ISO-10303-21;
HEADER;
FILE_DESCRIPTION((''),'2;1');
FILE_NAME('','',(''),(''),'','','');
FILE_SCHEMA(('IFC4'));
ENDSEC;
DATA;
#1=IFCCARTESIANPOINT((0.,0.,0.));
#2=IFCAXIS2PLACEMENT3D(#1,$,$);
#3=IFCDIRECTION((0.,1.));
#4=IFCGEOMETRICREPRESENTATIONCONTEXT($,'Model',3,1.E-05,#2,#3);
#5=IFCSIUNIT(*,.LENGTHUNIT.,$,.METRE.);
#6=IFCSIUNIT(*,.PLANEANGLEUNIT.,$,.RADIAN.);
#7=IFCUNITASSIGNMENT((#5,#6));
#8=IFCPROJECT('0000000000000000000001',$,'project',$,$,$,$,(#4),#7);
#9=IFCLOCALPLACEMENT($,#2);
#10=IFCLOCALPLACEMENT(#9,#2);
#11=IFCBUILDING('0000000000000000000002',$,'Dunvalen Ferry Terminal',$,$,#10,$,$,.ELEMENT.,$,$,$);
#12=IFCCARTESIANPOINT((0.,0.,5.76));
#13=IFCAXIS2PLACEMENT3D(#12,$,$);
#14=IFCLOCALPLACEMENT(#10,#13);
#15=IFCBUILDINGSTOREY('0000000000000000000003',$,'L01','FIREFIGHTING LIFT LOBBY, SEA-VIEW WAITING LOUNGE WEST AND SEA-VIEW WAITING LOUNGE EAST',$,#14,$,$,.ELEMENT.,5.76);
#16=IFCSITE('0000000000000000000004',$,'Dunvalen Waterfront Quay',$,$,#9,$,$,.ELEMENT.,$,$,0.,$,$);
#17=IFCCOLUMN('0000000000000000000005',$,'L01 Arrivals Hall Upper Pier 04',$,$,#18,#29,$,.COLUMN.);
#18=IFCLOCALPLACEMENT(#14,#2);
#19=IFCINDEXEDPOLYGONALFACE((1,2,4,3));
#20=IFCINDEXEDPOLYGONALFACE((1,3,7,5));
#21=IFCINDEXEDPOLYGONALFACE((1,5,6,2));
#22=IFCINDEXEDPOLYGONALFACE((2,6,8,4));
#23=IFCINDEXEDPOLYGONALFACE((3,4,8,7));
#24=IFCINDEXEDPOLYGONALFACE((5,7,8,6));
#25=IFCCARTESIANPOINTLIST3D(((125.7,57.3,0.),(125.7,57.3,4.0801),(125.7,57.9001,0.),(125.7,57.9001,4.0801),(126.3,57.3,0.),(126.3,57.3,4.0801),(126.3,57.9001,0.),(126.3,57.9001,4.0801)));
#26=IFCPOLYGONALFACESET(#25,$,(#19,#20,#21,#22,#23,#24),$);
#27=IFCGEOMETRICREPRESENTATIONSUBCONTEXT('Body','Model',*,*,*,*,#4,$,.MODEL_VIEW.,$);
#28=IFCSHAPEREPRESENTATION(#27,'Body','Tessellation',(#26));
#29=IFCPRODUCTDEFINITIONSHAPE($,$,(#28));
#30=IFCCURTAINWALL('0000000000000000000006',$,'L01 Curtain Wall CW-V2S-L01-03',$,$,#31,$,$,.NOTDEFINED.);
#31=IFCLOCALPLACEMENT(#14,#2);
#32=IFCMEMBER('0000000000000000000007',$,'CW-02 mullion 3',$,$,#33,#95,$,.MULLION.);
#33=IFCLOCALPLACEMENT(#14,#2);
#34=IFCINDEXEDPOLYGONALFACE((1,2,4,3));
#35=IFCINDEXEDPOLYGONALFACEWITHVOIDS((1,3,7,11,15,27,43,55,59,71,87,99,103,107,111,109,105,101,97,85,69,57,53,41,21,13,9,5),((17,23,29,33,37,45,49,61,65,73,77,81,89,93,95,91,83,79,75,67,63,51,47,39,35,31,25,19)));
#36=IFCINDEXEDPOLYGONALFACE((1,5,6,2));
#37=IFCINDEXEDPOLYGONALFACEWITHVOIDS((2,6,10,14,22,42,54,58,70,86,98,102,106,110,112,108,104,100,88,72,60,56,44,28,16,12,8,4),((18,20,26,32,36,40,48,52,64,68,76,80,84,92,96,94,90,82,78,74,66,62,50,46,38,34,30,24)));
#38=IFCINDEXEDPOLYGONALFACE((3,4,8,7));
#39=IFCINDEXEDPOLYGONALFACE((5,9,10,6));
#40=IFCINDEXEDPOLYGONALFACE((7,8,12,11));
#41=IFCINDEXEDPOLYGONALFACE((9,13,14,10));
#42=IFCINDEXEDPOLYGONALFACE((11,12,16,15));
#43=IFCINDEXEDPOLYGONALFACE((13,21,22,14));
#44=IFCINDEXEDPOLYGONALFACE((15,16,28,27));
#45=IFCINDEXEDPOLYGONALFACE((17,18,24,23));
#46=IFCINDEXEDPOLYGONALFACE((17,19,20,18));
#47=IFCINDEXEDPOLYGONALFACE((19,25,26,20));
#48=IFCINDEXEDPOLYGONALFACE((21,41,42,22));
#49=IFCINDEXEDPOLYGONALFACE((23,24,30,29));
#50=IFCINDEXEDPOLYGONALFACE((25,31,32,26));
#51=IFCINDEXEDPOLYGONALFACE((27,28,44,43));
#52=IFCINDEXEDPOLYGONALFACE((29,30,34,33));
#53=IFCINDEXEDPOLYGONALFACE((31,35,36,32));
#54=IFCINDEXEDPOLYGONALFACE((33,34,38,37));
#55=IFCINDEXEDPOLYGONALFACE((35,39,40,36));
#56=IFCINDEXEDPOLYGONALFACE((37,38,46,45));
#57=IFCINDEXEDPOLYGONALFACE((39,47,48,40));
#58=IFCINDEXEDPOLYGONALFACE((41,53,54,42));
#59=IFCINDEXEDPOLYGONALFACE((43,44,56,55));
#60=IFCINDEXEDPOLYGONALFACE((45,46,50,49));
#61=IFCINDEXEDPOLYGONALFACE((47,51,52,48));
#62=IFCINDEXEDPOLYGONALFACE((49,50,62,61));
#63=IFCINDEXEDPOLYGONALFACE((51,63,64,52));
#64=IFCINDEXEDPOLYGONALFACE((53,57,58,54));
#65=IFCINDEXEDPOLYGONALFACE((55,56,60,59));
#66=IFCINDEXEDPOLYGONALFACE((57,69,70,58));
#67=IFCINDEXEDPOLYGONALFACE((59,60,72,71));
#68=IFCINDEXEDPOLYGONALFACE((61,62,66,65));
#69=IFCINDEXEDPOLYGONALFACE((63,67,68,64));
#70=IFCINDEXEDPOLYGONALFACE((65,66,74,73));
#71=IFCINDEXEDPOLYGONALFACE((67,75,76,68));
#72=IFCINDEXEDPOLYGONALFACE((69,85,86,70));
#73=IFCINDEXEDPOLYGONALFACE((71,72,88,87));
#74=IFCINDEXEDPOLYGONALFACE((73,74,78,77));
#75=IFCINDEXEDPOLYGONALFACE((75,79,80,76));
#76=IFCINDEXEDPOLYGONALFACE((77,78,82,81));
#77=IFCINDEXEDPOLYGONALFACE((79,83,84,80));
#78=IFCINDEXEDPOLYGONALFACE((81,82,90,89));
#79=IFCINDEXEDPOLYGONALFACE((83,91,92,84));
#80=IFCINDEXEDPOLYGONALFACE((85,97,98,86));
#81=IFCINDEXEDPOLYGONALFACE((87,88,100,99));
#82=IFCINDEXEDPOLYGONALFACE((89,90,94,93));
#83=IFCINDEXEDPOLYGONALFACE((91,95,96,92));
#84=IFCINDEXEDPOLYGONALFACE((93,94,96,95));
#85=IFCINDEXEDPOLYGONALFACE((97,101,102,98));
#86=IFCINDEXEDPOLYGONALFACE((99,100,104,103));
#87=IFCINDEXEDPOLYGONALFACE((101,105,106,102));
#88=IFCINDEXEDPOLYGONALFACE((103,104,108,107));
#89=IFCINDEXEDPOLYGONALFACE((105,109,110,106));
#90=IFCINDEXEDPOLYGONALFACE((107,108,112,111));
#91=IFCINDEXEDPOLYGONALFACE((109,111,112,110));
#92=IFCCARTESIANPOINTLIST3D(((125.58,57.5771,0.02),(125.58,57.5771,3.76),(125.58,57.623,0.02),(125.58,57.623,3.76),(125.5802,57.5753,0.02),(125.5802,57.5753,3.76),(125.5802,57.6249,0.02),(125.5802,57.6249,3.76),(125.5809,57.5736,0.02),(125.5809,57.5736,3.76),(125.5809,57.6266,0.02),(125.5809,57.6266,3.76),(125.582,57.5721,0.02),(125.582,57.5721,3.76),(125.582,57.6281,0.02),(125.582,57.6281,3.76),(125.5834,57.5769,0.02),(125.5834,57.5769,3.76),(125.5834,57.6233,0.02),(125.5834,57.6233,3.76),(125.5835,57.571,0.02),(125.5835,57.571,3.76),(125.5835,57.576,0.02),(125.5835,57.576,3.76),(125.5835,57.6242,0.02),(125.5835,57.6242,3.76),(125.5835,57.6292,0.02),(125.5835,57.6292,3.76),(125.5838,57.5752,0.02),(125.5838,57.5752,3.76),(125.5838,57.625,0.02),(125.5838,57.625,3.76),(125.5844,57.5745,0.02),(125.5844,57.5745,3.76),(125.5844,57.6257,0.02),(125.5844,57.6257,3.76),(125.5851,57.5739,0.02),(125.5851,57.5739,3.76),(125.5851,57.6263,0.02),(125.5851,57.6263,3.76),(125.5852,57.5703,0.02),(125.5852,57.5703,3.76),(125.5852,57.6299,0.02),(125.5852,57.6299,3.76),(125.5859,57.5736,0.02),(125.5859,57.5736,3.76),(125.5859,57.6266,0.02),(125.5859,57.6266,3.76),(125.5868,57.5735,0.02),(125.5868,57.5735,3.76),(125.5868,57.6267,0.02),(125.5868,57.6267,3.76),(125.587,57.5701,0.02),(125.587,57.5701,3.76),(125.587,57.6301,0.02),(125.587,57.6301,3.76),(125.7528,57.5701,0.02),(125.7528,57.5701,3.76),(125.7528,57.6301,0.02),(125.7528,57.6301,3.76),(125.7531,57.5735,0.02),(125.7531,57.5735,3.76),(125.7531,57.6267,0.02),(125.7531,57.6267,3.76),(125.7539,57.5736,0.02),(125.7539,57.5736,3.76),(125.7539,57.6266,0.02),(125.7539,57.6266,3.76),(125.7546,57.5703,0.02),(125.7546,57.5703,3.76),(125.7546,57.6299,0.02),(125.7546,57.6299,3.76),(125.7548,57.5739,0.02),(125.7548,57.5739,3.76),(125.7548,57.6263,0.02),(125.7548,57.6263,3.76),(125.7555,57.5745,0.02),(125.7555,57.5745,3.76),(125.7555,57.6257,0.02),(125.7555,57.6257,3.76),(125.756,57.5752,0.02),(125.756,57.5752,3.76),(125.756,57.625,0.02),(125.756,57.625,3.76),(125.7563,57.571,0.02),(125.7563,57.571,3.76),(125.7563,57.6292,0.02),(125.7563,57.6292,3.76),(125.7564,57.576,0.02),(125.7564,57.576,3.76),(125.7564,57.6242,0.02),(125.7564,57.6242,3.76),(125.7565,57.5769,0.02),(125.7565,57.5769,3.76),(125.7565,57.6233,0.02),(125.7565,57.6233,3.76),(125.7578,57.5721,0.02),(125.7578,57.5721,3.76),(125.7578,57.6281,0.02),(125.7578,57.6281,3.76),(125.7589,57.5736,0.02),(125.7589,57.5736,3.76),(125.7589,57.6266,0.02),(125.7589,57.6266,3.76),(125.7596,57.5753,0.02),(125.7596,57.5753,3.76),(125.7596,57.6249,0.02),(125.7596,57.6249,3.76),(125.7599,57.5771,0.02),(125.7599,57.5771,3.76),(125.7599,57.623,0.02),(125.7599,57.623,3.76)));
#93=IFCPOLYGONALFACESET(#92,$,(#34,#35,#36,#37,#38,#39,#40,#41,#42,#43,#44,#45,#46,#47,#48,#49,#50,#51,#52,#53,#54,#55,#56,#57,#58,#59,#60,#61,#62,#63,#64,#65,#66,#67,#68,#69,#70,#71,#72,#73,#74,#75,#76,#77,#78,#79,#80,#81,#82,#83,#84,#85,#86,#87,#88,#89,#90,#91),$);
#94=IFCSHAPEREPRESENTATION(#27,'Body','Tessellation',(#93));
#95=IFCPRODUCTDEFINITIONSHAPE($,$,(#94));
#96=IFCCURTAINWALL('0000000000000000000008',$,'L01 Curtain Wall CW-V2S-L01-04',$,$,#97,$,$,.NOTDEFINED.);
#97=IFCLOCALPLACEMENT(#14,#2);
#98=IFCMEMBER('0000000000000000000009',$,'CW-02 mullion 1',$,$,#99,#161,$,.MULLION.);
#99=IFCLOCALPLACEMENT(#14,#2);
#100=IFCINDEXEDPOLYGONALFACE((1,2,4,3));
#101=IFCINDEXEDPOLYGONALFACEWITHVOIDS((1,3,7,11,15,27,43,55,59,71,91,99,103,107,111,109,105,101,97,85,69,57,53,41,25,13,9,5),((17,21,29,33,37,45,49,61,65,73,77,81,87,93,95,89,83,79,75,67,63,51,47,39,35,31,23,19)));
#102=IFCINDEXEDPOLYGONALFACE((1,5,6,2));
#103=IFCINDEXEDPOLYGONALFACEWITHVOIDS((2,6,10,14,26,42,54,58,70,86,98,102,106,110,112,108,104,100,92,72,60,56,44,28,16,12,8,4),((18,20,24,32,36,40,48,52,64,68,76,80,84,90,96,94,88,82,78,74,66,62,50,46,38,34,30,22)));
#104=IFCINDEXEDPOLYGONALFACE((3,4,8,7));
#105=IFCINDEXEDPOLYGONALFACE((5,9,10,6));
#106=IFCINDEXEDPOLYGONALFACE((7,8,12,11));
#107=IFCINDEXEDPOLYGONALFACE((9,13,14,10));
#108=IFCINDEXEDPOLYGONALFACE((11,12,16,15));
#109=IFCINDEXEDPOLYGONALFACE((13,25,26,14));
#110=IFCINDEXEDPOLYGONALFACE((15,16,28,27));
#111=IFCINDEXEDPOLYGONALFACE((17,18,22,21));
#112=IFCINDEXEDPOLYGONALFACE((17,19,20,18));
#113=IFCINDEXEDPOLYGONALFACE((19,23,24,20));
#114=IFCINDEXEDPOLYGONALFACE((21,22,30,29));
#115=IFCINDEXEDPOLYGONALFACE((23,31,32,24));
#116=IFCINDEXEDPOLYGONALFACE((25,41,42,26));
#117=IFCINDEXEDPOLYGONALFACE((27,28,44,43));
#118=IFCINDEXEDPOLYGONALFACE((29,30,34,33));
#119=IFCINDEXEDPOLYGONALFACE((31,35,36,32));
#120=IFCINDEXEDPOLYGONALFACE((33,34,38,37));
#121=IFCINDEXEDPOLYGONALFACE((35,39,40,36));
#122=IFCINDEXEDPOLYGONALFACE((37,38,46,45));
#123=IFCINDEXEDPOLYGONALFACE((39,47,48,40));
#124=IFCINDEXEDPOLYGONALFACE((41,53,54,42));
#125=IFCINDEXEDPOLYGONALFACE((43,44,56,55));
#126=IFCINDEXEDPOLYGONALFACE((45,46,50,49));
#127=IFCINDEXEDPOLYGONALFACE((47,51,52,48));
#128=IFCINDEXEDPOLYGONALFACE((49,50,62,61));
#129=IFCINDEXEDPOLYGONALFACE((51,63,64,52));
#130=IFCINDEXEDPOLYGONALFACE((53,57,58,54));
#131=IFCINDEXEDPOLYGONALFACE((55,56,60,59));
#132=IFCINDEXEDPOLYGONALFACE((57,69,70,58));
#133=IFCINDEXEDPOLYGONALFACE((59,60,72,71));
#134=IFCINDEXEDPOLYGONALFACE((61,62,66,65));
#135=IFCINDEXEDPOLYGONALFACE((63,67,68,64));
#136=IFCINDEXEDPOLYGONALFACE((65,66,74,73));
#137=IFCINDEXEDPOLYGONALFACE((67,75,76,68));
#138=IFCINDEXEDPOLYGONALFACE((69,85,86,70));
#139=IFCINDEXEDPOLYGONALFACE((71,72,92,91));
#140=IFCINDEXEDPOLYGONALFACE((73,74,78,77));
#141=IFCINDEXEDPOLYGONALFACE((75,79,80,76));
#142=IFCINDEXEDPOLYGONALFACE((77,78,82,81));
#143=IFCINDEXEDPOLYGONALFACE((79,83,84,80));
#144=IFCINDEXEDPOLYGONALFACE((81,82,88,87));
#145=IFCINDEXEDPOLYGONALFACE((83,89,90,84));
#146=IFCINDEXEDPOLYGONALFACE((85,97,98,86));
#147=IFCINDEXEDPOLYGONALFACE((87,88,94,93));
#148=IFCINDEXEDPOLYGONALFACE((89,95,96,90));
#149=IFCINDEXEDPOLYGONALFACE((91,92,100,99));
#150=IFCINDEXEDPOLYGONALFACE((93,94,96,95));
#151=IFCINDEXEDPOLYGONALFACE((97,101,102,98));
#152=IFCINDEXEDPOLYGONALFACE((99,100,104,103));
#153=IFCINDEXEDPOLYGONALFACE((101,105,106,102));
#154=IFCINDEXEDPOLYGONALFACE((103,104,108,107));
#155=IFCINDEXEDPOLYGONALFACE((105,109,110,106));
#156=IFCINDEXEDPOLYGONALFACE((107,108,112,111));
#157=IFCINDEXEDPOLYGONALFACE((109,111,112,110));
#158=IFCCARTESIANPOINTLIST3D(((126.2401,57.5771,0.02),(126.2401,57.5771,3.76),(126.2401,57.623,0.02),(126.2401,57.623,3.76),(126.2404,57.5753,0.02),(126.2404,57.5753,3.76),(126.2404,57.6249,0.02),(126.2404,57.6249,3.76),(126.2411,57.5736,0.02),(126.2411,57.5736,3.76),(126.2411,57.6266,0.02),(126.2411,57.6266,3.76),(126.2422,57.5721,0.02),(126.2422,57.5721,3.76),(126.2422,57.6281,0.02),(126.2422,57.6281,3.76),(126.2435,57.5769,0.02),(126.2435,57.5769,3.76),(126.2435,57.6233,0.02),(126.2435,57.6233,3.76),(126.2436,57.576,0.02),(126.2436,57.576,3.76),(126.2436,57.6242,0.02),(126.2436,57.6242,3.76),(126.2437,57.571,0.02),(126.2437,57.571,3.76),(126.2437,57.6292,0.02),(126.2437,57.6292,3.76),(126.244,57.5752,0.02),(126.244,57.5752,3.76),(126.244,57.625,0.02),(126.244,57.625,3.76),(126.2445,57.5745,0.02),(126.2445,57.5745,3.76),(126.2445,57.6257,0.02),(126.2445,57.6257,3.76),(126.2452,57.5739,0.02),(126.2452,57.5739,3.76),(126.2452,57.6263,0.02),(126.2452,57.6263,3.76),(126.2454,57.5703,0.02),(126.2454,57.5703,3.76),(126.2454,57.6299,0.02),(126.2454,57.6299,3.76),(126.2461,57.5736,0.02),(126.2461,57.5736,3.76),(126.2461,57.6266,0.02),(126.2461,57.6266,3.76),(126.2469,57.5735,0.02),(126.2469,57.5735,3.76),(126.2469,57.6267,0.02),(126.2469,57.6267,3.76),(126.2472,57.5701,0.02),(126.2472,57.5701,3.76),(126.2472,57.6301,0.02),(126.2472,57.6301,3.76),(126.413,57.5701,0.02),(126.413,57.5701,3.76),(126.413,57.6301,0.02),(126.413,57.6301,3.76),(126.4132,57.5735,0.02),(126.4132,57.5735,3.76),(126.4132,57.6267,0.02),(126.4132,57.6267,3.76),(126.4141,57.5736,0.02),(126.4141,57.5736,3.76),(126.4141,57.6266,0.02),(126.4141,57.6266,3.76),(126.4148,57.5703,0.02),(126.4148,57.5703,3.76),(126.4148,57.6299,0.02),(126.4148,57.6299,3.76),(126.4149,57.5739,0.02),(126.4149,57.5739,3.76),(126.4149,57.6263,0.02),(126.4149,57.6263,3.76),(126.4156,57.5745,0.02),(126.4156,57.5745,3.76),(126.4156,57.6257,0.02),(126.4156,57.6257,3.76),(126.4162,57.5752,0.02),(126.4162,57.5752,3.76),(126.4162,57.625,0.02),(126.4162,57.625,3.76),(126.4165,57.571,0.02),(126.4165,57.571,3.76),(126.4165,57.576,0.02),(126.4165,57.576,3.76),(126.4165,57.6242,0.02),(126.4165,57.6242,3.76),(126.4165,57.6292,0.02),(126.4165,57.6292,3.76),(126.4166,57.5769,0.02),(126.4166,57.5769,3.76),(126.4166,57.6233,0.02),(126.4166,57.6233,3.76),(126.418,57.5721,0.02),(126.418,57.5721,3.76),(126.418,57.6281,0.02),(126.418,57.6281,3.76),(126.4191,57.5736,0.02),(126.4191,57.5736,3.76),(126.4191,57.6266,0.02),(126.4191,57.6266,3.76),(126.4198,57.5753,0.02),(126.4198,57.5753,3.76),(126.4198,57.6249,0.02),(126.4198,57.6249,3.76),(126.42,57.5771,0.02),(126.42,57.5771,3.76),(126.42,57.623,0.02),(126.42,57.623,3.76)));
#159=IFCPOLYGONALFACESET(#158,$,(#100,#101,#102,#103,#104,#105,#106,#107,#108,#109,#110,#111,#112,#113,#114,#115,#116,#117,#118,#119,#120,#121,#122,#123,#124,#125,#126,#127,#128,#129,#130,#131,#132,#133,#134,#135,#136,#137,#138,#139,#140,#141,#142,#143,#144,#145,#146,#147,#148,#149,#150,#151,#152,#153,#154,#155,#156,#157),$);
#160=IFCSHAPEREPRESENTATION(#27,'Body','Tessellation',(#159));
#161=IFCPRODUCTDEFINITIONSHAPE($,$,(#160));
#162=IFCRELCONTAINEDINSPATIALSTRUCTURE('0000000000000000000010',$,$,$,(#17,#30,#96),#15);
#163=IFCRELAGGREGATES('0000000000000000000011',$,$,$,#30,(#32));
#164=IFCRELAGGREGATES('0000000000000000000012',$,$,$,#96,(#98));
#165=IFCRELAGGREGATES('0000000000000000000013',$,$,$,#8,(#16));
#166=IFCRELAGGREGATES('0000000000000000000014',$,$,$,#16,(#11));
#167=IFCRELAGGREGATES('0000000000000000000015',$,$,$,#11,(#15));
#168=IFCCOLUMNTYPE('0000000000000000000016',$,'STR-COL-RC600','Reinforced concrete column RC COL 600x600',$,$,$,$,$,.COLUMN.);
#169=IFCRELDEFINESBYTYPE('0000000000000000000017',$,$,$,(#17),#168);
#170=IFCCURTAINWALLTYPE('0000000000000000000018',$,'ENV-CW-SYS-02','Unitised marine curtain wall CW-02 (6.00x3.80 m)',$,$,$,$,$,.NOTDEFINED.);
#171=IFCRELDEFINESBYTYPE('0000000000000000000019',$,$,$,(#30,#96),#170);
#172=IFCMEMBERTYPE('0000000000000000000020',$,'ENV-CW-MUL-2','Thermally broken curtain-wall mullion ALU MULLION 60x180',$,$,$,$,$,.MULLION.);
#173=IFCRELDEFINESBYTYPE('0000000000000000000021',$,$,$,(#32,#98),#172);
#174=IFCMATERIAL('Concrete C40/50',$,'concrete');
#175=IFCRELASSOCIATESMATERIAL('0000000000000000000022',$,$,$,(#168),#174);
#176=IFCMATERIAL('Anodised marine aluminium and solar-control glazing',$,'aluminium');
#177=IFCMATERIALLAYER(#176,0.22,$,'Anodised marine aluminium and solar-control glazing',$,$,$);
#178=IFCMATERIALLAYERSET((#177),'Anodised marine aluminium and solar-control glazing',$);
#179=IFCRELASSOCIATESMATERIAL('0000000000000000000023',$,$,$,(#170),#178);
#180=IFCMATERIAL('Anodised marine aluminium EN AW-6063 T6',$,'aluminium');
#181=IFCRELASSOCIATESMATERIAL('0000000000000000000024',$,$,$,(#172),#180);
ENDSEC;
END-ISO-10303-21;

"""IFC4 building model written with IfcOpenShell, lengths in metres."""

from ifc_helpers import new_model, si_unit, direction, frame, origin, origin_2d, place, context, subcontext, project, spatial, rectangle, hollow_rectangle, extrude, material, layer, layer_set, material_profile, profile_set, type_object, element, aggregate, save


model = new_model("IFC4")

# Units and contexts
model_context = context("Model", 3, precision=1e-05, world=origin(), true_north=direction((0.0, 1.0)))
body_context = subcontext(model_context, "Body", "Model", "MODEL_VIEW")
ifc_project = project(units=[si_unit("LENGTHUNIT", "METRE"), si_unit("PLANEANGLEUNIT", "RADIAN")], contexts=[model_context])

# Site, building, storey
site_placement = place(None, origin())
site = spatial("IfcSite", under=ifc_project, at=site_placement, Name="Dunvalen Waterfront Quay", CompositionType="ELEMENT", RefElevation=0.0)
building_placement = place(site_placement, origin())
building = spatial("IfcBuilding", under=site, at=building_placement, Name="Dunvalen Ferry Terminal", CompositionType="ELEMENT")
storey_placement = place(building_placement, frame((0.0, 0.0, 5.76)))
storey = spatial("IfcBuildingStorey", under=building, at=storey_placement, Name="L01", Description="FIREFIGHTING LIFT LOBBY, SEA-VIEW WAITING LOUNGE WEST AND SEA-VIEW WAITING LOUNGE EAST", CompositionType="ELEMENT", Elevation=5.76)

# Column
ifc_material_1 = material(Name="Concrete C40/50", Category="concrete")
ifc_material_profile_1 = material_profile(ifc_material_1, rectangle(XDim=0.6001, YDim=0.6001, at=origin_2d()), Name="Concrete C40/50")
ifc_profile_set_1 = profile_set([ifc_material_profile_1], Name="Concrete C40/50")
column_type = type_object("IfcColumnType", Name="STR-COL-RC600", Description="Reinforced concrete column RC COL 600x600", PredefinedType="COLUMN", material=ifc_profile_set_1)
column_placement = place(storey_placement, frame((126.0, 57.6001, 0.0), z_axis=(0.0, 0.0, 1.0), x_axis=(1.0, 0.0, 0.0)))
element("IfcColumn", 1, at=column_placement, inside=storey, type_object=column_type, Name="L01 Arrivals Hall Upper Pier 04", PredefinedType="COLUMN", context=body_context, shape_type="SweptSolid", body=[
    extrude(rectangle(XDim=0.6001, YDim=0.6001, at=origin_2d()), origin(), (0.0, 0.0, 1.0), 4.0801),
])

# Curtain wall, member
ifc_material_2 = material(Name="Anodised marine aluminium and solar-control glazing", Category="aluminium")
ifc_layer_1 = layer(ifc_material_2, 0.22, Name="Anodised marine aluminium and solar-control glazing")
ifc_layer_set_1 = layer_set([ifc_layer_1], Name="Anodised marine aluminium and solar-control glazing")
curtain_wall_type = type_object("IfcCurtainWallType", Name="ENV-CW-SYS-02", Description="Unitised marine curtain wall CW-02 (6.00x3.80 m)", PredefinedType="NOTDEFINED", material=ifc_layer_set_1)
curtain_wall_1_placement = place(storey_placement, origin())
curtain_wall_1 = element("IfcCurtainWall", 2, at=curtain_wall_1_placement, inside=storey, type_object=curtain_wall_type, Name="L01 Curtain Wall CW-V2S-L01-03", PredefinedType="NOTDEFINED")
ifc_material_3 = material(Name="Anodised marine aluminium EN AW-6063 T6", Category="aluminium")
ifc_material_profile_2 = material_profile(ifc_material_3, hollow_rectangle(XDim=0.0601, YDim=0.1799, WallThickness=0.0034, InnerFilletRadius=0.0034, OuterFilletRadius=0.0071, at=origin_2d()), Name="Anodised marine aluminium EN AW-6063 T6")
ifc_profile_set_2 = profile_set([ifc_material_profile_2], Name="Anodised marine aluminium EN AW-6063 T6")
member_type_1 = type_object("IfcMemberType", Name="ENV-CW-MUL-2", Description="Thermally broken curtain-wall mullion ALU MULLION 60x180", PredefinedType="MULLION", material=ifc_profile_set_2)
member_1_placement = place(storey_placement, frame((125.6699, 57.6001, 0.02), z_axis=(0.0, 0.0, 1.0), x_axis=(0.0, 1.0, 0.0)))
member_1 = element("IfcMember", 3, at=member_1_placement, type_object=member_type_1, Name="CW-02 mullion 3", PredefinedType="MULLION", context=body_context, shape_type="SweptSolid", body=[
    extrude(hollow_rectangle(XDim=0.0601, YDim=0.1799, WallThickness=0.0034, InnerFilletRadius=0.0034, OuterFilletRadius=0.0071, at=origin_2d()), origin(), (0.0, 0.0, 1.0), 3.74),
])

# Curtain wall, member
curtain_wall_2_placement = place(storey_placement, origin())
curtain_wall_2 = element("IfcCurtainWall", 4, at=curtain_wall_2_placement, inside=storey, type_object=curtain_wall_type, Name="L01 Curtain Wall CW-V2S-L01-04", PredefinedType="NOTDEFINED")
member_2_placement = place(storey_placement, frame((126.3301, 57.6001, 0.02), z_axis=(0.0, 0.0, 1.0), x_axis=(0.0, 1.0, 0.0)))
member_2 = element("IfcMember", 5, at=member_2_placement, type_object=member_type_1, Name="CW-02 mullion 1", PredefinedType="MULLION", context=body_context, shape_type="SweptSolid", body=[
    extrude(hollow_rectangle(XDim=0.0601, YDim=0.1799, WallThickness=0.0034, InnerFilletRadius=0.0034, OuterFilletRadius=0.0071, at=origin_2d()), origin(), (0.0, 0.0, 1.0), 3.74),
])

aggregate(curtain_wall_1, [member_1])
aggregate(curtain_wall_2, [member_2])

save(model, "model.ifc")
